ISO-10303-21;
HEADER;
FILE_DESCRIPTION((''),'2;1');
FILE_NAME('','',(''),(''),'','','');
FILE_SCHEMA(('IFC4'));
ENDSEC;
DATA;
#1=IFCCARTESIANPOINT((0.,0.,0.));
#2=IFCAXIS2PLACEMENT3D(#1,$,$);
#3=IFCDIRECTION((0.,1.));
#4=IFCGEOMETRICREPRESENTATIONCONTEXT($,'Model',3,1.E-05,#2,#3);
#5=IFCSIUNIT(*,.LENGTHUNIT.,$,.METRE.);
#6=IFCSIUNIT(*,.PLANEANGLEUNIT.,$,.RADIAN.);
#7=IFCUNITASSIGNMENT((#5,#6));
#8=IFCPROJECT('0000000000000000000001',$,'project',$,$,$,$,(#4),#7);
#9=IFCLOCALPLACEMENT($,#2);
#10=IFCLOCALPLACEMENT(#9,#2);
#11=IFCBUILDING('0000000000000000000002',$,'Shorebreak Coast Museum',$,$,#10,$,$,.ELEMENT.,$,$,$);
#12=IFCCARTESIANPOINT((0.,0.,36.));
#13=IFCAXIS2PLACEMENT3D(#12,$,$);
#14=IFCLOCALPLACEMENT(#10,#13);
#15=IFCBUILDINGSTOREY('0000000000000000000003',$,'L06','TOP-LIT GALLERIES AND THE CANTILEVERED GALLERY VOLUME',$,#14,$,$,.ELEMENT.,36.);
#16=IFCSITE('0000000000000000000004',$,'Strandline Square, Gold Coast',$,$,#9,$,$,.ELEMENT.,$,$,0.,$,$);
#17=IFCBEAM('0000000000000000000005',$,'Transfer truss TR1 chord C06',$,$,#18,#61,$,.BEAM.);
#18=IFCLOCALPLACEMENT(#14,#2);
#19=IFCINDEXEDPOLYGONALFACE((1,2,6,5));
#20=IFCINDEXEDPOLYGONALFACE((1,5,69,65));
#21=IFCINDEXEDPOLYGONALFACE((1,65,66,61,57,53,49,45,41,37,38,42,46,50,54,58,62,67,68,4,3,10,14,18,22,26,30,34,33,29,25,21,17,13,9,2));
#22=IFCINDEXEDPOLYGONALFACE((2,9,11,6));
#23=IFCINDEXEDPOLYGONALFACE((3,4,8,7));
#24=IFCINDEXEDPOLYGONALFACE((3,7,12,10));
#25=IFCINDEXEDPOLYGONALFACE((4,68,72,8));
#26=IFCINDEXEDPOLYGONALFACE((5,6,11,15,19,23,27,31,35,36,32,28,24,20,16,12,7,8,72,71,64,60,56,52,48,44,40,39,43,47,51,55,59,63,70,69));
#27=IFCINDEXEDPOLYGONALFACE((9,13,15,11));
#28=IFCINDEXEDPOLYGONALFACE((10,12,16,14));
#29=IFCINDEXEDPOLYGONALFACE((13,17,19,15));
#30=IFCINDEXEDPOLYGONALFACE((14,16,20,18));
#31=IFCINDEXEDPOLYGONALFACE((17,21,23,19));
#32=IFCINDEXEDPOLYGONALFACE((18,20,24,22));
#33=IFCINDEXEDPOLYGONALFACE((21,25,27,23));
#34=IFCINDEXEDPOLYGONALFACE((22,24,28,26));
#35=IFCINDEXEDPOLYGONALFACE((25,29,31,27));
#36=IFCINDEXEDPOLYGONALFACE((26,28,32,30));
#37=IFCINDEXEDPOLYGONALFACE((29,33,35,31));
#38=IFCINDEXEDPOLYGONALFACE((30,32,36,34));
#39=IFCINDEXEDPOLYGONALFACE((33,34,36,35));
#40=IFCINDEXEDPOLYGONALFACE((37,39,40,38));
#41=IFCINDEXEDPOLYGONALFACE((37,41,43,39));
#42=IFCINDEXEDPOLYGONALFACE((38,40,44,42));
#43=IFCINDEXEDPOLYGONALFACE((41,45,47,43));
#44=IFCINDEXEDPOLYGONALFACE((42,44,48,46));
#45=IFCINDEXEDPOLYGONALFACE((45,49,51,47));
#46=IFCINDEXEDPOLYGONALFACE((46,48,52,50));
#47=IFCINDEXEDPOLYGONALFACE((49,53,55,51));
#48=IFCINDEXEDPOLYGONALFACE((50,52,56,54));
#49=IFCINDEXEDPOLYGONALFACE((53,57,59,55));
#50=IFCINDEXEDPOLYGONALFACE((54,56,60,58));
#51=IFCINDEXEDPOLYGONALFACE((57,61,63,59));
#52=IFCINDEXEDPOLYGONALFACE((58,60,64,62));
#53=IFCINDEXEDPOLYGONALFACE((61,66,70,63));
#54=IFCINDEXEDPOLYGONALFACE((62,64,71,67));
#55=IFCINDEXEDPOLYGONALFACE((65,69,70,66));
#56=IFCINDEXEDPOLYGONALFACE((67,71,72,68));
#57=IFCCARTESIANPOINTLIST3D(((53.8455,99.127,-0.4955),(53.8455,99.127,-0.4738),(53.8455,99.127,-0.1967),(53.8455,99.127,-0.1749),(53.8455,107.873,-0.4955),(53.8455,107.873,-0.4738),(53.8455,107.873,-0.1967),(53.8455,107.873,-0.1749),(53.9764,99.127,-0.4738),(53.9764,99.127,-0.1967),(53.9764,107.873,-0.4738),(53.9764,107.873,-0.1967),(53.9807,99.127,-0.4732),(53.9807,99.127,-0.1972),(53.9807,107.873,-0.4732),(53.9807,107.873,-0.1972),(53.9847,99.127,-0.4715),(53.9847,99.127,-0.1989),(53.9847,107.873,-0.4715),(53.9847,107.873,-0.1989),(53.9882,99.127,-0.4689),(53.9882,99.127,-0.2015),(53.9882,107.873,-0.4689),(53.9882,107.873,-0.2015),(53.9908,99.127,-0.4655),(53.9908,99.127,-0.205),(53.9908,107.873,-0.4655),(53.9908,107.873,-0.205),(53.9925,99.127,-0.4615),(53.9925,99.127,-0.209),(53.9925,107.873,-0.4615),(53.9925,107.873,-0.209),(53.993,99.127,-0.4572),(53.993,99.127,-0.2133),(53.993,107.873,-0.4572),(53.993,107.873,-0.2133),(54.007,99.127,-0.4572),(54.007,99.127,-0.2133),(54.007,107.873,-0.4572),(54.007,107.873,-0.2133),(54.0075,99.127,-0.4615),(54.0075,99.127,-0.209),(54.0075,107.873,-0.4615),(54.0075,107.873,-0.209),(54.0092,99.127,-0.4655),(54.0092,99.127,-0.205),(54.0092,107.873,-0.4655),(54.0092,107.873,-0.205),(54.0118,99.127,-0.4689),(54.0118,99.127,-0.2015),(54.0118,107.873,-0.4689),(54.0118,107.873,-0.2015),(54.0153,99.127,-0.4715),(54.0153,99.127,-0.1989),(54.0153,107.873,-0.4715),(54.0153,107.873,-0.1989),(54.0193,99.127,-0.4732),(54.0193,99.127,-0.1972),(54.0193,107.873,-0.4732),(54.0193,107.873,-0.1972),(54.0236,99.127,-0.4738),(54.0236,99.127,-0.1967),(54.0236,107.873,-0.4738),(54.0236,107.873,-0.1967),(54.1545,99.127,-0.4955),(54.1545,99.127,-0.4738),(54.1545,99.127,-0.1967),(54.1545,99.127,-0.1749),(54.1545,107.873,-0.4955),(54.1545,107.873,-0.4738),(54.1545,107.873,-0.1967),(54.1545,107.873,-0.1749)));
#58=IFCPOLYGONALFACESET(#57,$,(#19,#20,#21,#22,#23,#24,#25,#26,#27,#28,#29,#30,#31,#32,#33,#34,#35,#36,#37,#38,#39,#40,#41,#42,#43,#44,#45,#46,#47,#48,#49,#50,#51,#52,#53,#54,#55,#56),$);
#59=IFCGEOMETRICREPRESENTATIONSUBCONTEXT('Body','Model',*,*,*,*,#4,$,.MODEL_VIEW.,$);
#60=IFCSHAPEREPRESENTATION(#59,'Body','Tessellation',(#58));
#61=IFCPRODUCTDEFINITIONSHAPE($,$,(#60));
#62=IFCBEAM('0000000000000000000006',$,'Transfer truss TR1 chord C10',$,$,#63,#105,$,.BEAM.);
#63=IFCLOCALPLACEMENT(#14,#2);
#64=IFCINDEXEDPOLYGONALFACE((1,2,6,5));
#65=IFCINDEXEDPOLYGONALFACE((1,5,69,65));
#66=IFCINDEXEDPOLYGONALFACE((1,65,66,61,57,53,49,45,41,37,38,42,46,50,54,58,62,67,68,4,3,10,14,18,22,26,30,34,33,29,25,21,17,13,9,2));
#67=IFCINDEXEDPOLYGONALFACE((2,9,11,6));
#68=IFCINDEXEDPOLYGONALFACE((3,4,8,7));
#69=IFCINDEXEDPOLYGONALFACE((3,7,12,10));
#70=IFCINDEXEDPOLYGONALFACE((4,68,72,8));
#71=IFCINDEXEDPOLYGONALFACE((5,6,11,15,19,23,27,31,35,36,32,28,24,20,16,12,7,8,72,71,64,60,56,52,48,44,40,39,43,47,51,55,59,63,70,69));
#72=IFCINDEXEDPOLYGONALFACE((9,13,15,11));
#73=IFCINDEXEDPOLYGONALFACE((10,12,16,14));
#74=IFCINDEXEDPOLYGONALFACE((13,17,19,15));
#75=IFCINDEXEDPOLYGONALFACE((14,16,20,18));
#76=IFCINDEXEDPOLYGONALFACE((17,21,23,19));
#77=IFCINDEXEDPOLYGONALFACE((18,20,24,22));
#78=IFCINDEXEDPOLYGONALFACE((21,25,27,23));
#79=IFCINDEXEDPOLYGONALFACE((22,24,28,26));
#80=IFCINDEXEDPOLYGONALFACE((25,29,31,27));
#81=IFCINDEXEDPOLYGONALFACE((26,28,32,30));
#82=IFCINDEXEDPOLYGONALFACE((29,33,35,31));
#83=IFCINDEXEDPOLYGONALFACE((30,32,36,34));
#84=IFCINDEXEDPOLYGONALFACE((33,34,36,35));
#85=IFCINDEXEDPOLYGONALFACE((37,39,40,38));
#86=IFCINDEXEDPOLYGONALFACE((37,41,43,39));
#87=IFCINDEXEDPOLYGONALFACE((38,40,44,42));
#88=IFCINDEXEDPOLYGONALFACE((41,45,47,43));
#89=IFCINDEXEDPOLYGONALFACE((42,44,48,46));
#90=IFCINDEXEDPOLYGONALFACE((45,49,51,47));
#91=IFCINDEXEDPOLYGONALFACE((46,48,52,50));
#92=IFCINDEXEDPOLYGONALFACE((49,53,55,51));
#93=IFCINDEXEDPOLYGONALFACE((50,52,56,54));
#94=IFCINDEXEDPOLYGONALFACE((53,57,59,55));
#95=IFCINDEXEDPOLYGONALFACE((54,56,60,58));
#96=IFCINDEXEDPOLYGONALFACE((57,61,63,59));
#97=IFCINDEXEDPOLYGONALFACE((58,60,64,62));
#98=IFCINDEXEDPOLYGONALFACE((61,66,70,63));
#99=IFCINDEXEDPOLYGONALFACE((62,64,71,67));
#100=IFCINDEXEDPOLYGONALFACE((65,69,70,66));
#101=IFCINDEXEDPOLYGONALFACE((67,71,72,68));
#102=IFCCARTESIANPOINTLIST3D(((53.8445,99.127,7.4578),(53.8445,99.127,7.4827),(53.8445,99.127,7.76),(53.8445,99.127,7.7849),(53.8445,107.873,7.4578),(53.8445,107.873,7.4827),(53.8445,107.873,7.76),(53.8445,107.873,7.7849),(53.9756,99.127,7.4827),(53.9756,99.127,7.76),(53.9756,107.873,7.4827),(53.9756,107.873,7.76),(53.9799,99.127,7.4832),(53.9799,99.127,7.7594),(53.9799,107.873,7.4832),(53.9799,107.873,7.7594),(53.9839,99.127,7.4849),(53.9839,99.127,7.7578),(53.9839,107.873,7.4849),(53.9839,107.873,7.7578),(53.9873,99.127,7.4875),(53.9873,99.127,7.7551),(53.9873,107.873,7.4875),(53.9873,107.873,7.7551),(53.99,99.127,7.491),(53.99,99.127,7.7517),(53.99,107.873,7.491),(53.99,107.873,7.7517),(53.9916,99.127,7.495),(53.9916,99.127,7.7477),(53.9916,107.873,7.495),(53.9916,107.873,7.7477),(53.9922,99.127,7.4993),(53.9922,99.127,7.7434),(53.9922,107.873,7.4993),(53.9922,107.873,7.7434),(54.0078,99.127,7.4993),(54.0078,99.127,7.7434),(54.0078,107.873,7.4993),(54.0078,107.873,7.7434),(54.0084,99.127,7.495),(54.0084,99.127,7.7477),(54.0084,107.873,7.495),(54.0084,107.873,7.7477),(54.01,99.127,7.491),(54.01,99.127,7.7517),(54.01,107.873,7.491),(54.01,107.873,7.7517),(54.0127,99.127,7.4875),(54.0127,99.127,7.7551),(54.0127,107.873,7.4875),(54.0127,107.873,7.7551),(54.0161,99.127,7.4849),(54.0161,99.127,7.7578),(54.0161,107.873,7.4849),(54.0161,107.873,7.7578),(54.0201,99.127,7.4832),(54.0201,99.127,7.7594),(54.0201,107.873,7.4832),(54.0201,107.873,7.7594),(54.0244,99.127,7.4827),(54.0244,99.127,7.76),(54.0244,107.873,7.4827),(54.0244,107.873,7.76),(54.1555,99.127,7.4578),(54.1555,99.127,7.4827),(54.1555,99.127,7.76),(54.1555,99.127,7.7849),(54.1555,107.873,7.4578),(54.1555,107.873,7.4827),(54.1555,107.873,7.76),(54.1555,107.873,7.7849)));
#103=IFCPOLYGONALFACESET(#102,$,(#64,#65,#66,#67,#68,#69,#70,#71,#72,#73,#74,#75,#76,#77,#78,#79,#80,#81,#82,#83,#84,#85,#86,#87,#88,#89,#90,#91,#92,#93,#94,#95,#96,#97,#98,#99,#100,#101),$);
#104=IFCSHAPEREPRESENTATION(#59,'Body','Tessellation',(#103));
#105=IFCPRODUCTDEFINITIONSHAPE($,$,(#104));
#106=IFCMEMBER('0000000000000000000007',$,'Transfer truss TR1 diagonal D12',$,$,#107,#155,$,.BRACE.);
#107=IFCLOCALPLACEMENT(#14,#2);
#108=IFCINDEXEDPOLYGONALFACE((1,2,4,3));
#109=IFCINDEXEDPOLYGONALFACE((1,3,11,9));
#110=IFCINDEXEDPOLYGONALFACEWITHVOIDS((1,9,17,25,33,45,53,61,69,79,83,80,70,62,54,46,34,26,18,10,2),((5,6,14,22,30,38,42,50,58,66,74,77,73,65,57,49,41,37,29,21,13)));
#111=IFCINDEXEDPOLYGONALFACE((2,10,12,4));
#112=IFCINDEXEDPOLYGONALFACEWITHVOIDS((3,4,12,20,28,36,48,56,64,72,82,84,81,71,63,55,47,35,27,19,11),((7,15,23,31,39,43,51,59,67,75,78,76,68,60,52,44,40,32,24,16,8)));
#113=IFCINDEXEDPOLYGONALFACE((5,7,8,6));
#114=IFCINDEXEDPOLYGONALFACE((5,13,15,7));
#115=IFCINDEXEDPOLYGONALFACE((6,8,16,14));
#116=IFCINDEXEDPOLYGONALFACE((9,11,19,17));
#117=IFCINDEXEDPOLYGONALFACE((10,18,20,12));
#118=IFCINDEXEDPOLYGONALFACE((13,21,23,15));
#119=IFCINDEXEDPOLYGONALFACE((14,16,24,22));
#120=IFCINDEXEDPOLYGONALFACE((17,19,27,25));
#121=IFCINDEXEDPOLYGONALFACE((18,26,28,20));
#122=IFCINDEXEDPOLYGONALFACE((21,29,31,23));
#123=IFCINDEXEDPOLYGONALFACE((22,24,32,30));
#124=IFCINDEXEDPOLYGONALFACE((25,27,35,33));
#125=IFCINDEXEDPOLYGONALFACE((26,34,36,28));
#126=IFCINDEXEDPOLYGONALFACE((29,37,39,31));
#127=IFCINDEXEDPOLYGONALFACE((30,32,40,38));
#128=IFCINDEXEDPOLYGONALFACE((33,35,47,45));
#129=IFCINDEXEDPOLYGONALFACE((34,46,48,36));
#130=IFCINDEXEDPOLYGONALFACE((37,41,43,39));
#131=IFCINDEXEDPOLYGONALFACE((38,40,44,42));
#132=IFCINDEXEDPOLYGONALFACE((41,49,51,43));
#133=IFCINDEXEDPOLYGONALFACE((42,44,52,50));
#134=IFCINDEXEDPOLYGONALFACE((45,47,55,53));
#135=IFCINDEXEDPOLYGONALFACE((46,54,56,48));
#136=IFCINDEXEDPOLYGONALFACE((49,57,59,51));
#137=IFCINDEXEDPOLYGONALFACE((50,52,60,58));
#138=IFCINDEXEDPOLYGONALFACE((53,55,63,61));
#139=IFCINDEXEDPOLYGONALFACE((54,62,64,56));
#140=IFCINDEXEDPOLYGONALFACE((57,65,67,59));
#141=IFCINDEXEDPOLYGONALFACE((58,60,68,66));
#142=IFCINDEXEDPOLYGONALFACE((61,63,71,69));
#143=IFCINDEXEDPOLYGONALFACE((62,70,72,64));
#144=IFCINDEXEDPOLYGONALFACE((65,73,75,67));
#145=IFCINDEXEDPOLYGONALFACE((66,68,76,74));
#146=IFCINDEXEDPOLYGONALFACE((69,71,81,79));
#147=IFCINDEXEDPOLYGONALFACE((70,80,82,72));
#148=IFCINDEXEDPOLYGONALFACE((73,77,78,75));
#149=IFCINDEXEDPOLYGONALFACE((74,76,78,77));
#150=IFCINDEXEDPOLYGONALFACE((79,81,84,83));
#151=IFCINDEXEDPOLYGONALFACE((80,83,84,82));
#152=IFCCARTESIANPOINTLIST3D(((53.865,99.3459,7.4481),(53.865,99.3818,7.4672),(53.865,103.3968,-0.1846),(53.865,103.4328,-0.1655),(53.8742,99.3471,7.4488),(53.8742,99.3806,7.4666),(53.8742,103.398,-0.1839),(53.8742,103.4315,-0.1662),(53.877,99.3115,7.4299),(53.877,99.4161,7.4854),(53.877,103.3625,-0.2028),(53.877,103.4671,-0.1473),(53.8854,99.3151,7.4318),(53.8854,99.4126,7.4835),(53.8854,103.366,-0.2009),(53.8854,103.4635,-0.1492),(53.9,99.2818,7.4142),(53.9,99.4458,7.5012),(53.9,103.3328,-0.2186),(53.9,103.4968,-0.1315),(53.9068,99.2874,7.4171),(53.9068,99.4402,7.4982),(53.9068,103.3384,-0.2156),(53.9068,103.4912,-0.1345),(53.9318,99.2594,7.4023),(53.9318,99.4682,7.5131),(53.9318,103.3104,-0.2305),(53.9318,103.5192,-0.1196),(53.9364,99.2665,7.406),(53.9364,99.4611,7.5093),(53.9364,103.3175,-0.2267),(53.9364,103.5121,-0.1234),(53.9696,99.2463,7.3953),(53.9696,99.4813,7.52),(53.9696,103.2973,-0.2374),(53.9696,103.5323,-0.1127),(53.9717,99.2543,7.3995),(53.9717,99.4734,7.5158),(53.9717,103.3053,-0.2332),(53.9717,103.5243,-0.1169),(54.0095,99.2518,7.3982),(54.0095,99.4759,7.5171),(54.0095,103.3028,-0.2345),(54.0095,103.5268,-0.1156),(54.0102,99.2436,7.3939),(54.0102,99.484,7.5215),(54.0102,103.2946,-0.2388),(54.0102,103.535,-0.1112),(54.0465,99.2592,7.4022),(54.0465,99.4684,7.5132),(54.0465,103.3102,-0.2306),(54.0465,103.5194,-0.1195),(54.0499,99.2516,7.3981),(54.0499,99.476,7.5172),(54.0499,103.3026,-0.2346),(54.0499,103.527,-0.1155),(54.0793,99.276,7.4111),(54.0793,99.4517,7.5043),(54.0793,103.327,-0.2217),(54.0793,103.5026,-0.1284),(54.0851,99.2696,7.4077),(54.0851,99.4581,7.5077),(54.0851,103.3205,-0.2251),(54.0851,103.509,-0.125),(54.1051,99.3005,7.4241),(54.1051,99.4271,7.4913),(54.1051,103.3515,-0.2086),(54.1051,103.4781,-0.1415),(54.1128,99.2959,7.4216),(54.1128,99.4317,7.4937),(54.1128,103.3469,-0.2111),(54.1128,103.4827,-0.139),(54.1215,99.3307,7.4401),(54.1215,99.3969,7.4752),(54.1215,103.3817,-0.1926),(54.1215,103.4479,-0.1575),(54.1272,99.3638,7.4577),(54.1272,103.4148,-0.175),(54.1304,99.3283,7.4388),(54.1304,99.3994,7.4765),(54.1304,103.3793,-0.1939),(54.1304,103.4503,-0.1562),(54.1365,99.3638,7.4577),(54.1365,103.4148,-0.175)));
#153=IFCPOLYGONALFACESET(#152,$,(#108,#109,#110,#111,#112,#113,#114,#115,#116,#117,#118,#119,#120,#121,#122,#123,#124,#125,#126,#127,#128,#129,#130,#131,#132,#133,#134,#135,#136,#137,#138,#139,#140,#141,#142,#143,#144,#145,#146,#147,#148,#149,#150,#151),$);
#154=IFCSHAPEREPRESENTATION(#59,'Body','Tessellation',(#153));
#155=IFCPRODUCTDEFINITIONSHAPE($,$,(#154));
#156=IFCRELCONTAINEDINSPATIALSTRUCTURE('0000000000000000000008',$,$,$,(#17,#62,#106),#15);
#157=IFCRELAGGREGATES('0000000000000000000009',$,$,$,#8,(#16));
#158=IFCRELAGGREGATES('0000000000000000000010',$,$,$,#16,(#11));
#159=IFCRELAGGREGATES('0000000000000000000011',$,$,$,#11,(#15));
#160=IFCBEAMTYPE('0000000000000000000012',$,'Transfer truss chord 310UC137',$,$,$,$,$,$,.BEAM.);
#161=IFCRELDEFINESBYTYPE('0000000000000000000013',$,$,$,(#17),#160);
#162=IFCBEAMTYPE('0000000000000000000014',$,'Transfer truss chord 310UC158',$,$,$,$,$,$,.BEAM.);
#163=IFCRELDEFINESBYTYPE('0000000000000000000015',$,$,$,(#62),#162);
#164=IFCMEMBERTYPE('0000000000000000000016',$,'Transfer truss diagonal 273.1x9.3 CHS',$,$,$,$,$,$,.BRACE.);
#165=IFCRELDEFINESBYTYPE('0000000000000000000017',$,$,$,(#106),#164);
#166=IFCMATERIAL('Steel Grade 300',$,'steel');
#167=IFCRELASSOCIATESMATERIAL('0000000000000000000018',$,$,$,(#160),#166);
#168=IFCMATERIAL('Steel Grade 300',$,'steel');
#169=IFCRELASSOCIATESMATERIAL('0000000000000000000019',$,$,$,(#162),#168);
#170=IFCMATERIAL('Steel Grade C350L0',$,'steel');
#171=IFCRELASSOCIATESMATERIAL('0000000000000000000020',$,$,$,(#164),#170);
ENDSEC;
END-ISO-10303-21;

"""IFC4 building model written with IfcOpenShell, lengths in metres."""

from ifc_helpers import new_model, si_unit, direction, frame, origin, origin_2d, place, context, subcontext, project, spatial, hollow_circle, i_section, extrude, material, material_profile, profile_set, type_object, element, save


model = new_model("IFC4")

# Units and contexts
model_context = context("Model", 3, precision=1e-05, world=origin(), true_north=direction((0.0, 1.0)))
body_context = subcontext(model_context, "Body", "Model", "MODEL_VIEW")
ifc_project = project(units=[si_unit("LENGTHUNIT", "METRE"), si_unit("PLANEANGLEUNIT", "RADIAN")], contexts=[model_context])

# Site, building, storey
site_placement = place(None, origin())
site = spatial("IfcSite", under=ifc_project, at=site_placement, Name="Strandline Square, Gold Coast", CompositionType="ELEMENT", RefElevation=0.0)
building_placement = place(site_placement, origin())
building = spatial("IfcBuilding", under=site, at=building_placement, Name="Shorebreak Coast Museum", CompositionType="ELEMENT")
storey_placement = place(building_placement, frame((0.0, 0.0, 36.0)))
storey = spatial("IfcBuildingStorey", under=building, at=storey_placement, Name="L06", Description="TOP-LIT GALLERIES AND THE CANTILEVERED GALLERY VOLUME", CompositionType="ELEMENT", Elevation=36.0)

# Beams
ifc_material_1 = material(Name="Steel Grade 300", Category="steel")
ifc_material_profile_1 = material_profile(ifc_material_1, i_section(OverallWidth=0.3091, OverallDepth=0.3206, WebThickness=0.0139, FlangeThickness=0.0217, FilletRadius=0.0166, at=origin_2d()), Name="310UC137")
ifc_profile_set_1 = profile_set([ifc_material_profile_1], Name="Steel Grade 300")
beam_type_1 = type_object("IfcBeamType", Name="Transfer truss chord 310UC137", PredefinedType="BEAM", material=ifc_profile_set_1)
beam_1_placement = place(storey_placement, frame((54.0, 99.127, -0.3352), z_axis=(0.0, 1.0, 0.0), x_axis=(-1.0, 0.0, 0.0)))
element("IfcBeam", 1, at=beam_1_placement, inside=storey, type_object=beam_type_1, Name="Transfer truss TR1 chord C06", PredefinedType="BEAM", context=body_context, shape_type="SweptSolid", body=[
    extrude(i_section(OverallWidth=0.3091, OverallDepth=0.3206, WebThickness=0.0139, FlangeThickness=0.0217, FilletRadius=0.0166, at=origin_2d()), origin(), (0.0, 0.0, 1.0), 8.7461),
])
ifc_material_2 = material(Name="Steel Grade 300", Category="steel")
ifc_material_profile_2 = material_profile(ifc_material_2, i_section(OverallWidth=0.311, OverallDepth=0.3271, WebThickness=0.0156, FlangeThickness=0.0249, FilletRadius=0.0166, at=origin_2d()), Name="310UC158")
ifc_profile_set_2 = profile_set([ifc_material_profile_2], Name="Steel Grade 300")
beam_type_2 = type_object("IfcBeamType", Name="Transfer truss chord 310UC158", PredefinedType="BEAM", material=ifc_profile_set_2)
beam_2_placement = place(storey_placement, frame((54.0, 99.127, 7.6213), z_axis=(0.0, 1.0, 0.0), x_axis=(-1.0, 0.0, 0.0)))
element("IfcBeam", 2, at=beam_2_placement, inside=storey, type_object=beam_type_2, Name="Transfer truss TR1 chord C10", PredefinedType="BEAM", context=body_context, shape_type="SweptSolid", body=[
    extrude(i_section(OverallWidth=0.311, OverallDepth=0.3271, WebThickness=0.0156, FlangeThickness=0.0249, FilletRadius=0.0166, at=origin_2d()), origin(), (0.0, 0.0, 1.0), 8.7461),
])

# Member
ifc_material_3 = material(Name="Steel Grade C350L0", Category="steel")
ifc_material_profile_3 = material_profile(ifc_material_3, hollow_circle(Radius=0.1365, WallThickness=0.0093, at=origin_2d()), Name="273.1x9.3 CHS")
ifc_profile_set_3 = profile_set([ifc_material_profile_3], Name="Steel Grade C350L0")
member_type_1 = type_object("IfcMemberType", Name="Transfer truss diagonal 273.1x9.3 CHS", PredefinedType="BRACE", material=ifc_profile_set_3)
member_1_placement = place(storey_placement, frame((54.0, 103.4148, -0.175), z_axis=(0.0, -0.468803, 0.883303), x_axis=(1.0, 0.0, 0.0)))
element("IfcMember", 3, at=member_1_placement, inside=storey, type_object=member_type_1, Name="Transfer truss TR1 diagonal D12", PredefinedType="BRACE", context=body_context, shape_type="SweptSolid", body=[
    extrude(hollow_circle(Radius=0.1365, WallThickness=0.0093, at=origin_2d()), origin(), (0.0, 0.0, 1.0), 8.6411),
])

save(model, "model.ifc")
